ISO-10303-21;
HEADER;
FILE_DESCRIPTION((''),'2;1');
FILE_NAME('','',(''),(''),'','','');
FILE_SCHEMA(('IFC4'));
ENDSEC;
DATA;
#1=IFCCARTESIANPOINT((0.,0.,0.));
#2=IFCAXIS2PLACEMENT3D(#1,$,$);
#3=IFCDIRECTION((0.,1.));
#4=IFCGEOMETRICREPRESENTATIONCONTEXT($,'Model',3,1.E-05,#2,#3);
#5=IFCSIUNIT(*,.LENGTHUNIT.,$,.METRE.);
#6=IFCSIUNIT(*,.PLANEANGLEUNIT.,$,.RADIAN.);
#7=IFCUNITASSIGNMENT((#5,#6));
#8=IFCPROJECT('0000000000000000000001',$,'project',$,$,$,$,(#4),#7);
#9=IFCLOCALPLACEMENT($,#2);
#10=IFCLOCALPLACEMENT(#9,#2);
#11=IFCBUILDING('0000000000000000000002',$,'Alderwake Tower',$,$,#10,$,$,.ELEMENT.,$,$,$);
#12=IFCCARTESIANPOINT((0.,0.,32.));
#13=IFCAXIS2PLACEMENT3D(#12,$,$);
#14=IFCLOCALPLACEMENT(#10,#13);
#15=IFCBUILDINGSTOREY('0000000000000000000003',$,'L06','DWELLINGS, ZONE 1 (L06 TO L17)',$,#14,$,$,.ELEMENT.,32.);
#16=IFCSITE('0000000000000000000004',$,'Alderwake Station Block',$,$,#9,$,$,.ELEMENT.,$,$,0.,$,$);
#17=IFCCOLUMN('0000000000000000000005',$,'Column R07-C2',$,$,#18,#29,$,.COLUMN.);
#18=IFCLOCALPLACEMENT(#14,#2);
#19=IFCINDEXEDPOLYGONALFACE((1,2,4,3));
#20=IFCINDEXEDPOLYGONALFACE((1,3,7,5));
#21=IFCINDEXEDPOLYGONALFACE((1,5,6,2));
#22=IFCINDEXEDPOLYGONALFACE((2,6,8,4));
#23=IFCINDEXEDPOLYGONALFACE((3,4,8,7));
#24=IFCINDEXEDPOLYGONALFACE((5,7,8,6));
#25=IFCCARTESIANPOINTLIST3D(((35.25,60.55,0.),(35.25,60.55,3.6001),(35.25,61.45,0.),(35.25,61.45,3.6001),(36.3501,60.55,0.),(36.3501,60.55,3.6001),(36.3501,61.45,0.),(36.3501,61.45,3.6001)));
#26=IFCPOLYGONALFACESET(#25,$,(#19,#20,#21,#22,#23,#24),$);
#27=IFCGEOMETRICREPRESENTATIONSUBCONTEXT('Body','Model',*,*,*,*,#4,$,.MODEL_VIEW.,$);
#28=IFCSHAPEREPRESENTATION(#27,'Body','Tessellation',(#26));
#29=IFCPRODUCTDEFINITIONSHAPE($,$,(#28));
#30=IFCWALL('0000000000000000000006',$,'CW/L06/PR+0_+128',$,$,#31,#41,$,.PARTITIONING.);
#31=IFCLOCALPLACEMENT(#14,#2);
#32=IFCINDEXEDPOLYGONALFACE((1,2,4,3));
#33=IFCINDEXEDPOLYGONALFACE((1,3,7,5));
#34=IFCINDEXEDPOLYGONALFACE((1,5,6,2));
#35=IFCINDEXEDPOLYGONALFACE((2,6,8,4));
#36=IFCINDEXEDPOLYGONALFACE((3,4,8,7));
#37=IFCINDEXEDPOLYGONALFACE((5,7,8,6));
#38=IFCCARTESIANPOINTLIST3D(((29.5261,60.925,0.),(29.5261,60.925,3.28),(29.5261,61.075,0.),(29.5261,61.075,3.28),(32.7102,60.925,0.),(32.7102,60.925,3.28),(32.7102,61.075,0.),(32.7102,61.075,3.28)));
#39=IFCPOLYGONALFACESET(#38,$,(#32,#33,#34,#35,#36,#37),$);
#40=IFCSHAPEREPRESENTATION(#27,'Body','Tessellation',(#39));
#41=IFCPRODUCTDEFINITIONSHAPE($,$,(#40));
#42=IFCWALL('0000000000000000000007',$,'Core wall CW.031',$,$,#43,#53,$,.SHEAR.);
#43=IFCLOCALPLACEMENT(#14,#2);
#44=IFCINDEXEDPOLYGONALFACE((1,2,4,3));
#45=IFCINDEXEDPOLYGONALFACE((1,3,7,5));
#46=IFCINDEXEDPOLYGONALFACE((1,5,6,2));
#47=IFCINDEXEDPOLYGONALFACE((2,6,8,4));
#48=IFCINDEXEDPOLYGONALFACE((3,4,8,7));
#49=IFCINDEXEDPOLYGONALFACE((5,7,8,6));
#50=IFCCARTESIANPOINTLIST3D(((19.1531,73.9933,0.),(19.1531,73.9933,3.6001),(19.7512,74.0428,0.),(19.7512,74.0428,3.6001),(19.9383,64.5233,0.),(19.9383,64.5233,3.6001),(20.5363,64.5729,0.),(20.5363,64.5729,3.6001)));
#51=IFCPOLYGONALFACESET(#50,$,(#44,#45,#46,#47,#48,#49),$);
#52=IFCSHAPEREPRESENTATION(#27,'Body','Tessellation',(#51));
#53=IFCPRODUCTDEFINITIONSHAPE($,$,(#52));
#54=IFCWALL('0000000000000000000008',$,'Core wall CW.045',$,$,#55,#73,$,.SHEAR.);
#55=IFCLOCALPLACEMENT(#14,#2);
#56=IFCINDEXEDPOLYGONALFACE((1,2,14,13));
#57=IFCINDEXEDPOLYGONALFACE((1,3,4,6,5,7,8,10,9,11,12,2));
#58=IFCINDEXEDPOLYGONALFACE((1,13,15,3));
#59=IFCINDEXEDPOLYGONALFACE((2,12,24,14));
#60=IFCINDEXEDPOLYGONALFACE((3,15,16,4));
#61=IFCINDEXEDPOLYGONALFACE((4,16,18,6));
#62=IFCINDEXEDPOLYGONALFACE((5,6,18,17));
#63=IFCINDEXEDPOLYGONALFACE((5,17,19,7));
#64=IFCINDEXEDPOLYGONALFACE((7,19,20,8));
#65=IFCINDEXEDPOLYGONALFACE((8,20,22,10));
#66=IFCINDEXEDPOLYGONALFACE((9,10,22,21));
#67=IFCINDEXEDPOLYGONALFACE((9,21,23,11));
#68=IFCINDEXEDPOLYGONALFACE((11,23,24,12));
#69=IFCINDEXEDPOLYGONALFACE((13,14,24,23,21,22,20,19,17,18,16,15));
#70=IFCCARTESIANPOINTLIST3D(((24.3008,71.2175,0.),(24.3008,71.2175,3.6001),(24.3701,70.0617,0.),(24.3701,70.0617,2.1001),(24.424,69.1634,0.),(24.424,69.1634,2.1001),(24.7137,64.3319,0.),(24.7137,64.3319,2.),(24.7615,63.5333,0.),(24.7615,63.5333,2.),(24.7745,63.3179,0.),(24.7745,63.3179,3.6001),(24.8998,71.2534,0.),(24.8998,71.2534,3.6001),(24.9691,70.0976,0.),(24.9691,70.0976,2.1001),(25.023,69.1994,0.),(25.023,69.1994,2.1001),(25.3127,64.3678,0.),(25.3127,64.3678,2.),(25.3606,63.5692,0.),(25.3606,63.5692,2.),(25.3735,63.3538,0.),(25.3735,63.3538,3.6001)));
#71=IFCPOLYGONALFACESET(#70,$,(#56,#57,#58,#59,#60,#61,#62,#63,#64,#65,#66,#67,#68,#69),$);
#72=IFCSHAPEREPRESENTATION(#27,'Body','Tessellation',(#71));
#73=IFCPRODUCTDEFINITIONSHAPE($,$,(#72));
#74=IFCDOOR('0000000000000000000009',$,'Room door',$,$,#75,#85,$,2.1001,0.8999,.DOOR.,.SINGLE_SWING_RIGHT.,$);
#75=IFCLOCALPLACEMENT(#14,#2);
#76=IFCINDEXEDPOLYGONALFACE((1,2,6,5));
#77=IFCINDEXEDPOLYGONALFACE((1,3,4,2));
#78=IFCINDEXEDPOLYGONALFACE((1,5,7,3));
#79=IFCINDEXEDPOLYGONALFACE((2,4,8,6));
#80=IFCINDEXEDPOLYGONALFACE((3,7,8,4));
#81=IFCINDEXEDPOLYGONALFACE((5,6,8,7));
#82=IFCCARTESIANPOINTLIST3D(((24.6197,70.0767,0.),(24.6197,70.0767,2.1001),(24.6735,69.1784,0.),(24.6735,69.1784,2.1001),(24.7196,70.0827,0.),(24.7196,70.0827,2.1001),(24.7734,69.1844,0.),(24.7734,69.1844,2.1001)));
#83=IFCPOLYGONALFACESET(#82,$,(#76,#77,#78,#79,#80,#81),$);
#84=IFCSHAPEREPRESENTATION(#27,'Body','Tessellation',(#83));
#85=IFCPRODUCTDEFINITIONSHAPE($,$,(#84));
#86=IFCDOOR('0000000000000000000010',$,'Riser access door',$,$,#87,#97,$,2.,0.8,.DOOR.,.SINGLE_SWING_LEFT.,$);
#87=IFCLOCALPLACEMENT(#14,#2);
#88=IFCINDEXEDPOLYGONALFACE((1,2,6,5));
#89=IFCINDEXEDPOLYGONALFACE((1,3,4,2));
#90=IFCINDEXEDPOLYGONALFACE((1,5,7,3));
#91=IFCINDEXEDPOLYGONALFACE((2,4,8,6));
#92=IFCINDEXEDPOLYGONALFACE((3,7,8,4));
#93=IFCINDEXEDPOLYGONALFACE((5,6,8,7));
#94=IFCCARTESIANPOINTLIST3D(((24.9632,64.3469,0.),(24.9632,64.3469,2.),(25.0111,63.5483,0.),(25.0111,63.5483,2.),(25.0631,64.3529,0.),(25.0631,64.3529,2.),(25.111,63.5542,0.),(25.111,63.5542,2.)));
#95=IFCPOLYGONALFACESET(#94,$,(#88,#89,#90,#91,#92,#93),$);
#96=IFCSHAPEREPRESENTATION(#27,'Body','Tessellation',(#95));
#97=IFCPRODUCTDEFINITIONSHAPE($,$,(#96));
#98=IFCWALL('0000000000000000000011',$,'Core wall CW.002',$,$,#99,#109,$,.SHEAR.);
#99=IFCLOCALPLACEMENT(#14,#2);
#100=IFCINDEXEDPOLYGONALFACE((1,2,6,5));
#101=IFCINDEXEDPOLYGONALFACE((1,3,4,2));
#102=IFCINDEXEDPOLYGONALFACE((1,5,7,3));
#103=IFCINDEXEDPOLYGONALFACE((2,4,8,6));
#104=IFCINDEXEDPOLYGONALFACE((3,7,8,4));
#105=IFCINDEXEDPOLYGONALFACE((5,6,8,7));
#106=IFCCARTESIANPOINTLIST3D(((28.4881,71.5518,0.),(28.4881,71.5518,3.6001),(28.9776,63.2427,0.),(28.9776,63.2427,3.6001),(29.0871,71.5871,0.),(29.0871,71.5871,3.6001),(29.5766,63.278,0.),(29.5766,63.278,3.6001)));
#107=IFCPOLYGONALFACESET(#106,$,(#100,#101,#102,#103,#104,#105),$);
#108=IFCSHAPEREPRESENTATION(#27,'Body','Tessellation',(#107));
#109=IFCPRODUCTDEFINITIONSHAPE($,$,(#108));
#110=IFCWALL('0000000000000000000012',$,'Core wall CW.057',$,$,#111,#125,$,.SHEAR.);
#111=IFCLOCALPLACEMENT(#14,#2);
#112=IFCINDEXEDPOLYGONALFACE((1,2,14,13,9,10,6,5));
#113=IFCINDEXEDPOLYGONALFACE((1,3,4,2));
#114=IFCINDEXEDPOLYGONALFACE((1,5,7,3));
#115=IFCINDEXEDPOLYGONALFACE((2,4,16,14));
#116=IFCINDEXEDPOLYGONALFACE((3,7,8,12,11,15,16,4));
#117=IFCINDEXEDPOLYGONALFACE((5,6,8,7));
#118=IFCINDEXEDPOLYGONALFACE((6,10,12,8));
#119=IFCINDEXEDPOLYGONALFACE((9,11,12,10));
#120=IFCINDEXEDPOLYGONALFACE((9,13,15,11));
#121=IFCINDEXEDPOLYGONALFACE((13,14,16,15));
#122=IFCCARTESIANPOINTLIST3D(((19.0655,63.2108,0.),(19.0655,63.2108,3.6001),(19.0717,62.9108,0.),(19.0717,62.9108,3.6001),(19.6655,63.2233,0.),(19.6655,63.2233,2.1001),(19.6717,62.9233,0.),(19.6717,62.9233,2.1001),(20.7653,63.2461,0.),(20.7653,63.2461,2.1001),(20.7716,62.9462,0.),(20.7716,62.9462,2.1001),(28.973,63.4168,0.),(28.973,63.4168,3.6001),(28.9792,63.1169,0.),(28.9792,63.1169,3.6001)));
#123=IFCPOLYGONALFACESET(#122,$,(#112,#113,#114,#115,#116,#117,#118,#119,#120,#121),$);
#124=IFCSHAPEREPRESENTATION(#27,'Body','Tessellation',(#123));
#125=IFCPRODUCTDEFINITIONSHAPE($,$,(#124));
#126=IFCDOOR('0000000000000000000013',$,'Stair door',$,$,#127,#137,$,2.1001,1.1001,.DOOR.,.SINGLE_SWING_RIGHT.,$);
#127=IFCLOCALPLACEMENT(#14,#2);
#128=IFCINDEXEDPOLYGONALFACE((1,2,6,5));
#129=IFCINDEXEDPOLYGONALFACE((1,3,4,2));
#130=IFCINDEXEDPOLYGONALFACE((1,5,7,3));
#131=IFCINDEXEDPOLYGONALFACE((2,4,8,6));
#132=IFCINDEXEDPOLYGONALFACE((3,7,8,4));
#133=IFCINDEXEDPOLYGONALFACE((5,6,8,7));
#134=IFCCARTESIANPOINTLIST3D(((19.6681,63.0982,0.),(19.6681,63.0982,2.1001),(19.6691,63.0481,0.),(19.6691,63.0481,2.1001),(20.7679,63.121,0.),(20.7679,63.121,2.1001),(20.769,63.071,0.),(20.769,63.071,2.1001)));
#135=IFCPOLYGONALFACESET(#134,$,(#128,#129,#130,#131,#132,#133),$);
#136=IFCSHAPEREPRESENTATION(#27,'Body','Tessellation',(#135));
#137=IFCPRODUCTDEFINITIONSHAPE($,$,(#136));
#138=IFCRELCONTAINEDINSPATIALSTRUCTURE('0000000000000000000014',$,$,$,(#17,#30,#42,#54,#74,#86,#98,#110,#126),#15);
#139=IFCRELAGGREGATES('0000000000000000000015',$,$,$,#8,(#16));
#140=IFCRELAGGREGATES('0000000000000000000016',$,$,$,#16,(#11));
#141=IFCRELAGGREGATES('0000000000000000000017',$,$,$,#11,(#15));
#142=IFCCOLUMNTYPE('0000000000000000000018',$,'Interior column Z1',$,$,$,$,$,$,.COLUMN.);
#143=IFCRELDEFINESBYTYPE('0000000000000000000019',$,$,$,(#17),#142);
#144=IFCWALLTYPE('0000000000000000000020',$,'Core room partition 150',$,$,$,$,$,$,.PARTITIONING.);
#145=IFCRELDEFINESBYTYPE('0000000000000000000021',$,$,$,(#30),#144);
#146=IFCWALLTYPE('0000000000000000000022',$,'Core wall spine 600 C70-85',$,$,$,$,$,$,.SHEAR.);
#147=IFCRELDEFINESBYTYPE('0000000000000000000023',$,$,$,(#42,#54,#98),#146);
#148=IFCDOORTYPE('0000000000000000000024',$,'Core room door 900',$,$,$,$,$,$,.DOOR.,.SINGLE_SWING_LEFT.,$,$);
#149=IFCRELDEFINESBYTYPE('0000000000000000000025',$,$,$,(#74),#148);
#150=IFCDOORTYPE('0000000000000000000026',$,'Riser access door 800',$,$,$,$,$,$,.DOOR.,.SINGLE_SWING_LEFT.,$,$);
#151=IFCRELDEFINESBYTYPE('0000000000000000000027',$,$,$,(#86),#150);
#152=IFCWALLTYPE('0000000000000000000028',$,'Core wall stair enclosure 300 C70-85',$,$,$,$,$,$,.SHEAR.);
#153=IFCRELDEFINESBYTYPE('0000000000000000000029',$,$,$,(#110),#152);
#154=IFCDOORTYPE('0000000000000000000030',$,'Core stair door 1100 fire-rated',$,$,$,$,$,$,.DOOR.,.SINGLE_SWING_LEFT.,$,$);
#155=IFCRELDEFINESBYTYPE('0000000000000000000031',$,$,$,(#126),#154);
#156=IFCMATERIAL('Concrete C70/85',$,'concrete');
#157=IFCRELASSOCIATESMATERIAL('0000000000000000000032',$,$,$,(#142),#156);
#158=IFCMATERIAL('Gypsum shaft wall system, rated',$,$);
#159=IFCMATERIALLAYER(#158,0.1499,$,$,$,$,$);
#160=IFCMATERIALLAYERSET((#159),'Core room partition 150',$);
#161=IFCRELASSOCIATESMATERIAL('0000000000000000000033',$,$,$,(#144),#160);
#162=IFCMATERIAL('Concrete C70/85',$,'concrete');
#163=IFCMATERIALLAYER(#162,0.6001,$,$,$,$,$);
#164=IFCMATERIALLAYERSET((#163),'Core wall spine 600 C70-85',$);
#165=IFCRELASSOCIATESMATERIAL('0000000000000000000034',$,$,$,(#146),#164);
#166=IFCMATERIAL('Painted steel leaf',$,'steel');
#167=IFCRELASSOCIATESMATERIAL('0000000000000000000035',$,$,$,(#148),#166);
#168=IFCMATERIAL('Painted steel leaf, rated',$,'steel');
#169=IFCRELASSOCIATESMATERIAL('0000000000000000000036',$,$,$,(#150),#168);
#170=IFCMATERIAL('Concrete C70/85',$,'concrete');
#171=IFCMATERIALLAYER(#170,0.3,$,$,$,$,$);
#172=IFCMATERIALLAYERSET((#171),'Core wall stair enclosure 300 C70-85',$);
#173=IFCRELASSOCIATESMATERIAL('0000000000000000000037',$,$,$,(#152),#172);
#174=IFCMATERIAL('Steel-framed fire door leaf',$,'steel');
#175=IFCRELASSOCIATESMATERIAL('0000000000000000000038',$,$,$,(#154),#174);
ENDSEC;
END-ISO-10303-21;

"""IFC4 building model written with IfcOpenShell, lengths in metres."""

from ifc_helpers import new_model, si_unit, direction, frame, frame_2d, origin, origin_2d, place, context, subcontext, project, spatial, rectangle, extrude, material, layer, layer_set, material_profile, profile_set, type_object, element, fill, save


model = new_model("IFC4")

# Units and contexts
model_context = context("Model", 3, precision=1e-05, world=origin(), true_north=direction((0.0, 1.0)))
body_context = subcontext(model_context, "Body", "Model", "MODEL_VIEW")
ifc_project = project(units=[si_unit("LENGTHUNIT", "METRE"), si_unit("PLANEANGLEUNIT", "RADIAN")], contexts=[model_context])

# Site, building, storey
site_placement = place(None, origin())
site = spatial("IfcSite", under=ifc_project, at=site_placement, Name="Alderwake Station Block", CompositionType="ELEMENT", RefElevation=0.0)
building_placement = place(site_placement, origin())
building = spatial("IfcBuilding", under=site, at=building_placement, Name="Alderwake Tower", CompositionType="ELEMENT")
storey_placement = place(building_placement, frame((0.0, 0.0, 32.0)))
storey = spatial("IfcBuildingStorey", under=building, at=storey_placement, Name="L06", Description="DWELLINGS, ZONE 1 (L06 TO L17)", CompositionType="ELEMENT", Elevation=32.0)

# Column
ifc_material_1 = material(Name="Concrete C70/85", Category="concrete")
ifc_material_profile = material_profile(ifc_material_1, rectangle(XDim=0.8999, YDim=1.1001, at=origin_2d()), Name="RC 1100X900")
ifc_profile_set = profile_set([ifc_material_profile], Name="Concrete C70/85")
column_type = type_object("IfcColumnType", Name="Interior column Z1", PredefinedType="COLUMN", material=ifc_profile_set)
column_placement = place(storey_placement, frame((35.8, 61.0, 0.0), z_axis=(0.0, 0.0, 1.0), x_axis=(0.0, 1.0, 0.0)))
element("IfcColumn", 1, at=column_placement, inside=storey, type_object=column_type, Name="Column R07-C2", PredefinedType="COLUMN", context=body_context, shape_type="SweptSolid", body=[
    extrude(rectangle(XDim=0.8999, YDim=1.1001, at=origin_2d()), origin(), (0.0, 0.0, 1.0), 3.6001),
])

# Walls
ifc_material_2 = material(Name="Gypsum shaft wall system, rated")
ifc_layer_1 = layer(ifc_material_2, 0.1499)
ifc_layer_set_1 = layer_set([ifc_layer_1], Name="Core room partition 150")
wall_type_1 = type_object("IfcWallType", Name="Core room partition 150", PredefinedType="PARTITIONING", material=ifc_layer_set_1)
wall_1_placement = place(storey_placement, frame((29.5261, 61.0, 0.0), z_axis=(0.0, 0.0, 1.0), x_axis=(1.0, 0.0, 0.0)))
element("IfcWall", 2, at=wall_1_placement, inside=storey, type_object=wall_type_1, Name="CW/L06/PR+0_+128", PredefinedType="PARTITIONING", context=body_context, shape_type="SweptSolid", body=[
    extrude(rectangle(XDim=3.1841, YDim=0.1499, at=frame_2d((1.592, 0.0))), origin(), (0.0, 0.0, 1.0), 3.28),
])
ifc_material_3 = material(Name="Concrete C70/85", Category="concrete")
ifc_layer_2 = layer(ifc_material_3, 0.6001)
ifc_layer_set_2 = layer_set([ifc_layer_2], Name="Core wall spine 600 C70-85")
wall_type_2 = type_object("IfcWallType", Name="Core wall spine 600 C70-85", PredefinedType="SHEAR", material=ifc_layer_set_2)
wall_2_placement = place(storey_placement, frame((20.2373, 64.5481, 0.0), z_axis=(0.0, 0.0, 1.0), x_axis=(-0.082627, 0.996581, 0.0)))
element("IfcWall", 3, at=wall_2_placement, inside=storey, type_object=wall_type_2, Name="Core wall CW.031", PredefinedType="SHEAR", context=body_context, shape_type="SweptSolid", body=[
    extrude(rectangle(XDim=9.5024, YDim=0.6001, at=frame_2d((4.7512, 0.0))), origin(), (0.0, 0.0, 1.0), 3.6001),
])

# Wall, openings, doors
wall_3_placement = place(storey_placement, frame((25.074, 63.3357, 0.0), z_axis=(0.0, 0.0, 1.0), x_axis=(-0.059849, 0.998207, 0.0)))
wall_3 = element("IfcWall", 4, at=wall_3_placement, inside=storey, type_object=wall_type_2, Name="Core wall CW.045", PredefinedType="SHEAR", context=body_context, shape_type="SweptSolid", body=[
    extrude(rectangle(XDim=7.9138, YDim=0.6001, at=frame_2d((3.957, 0.0))), origin(), (0.0, 0.0, 1.0), 3.6001),
])
opening_1_placement = place(wall_3_placement, frame((0.2161, 0.0, 0.0)))
opening_1 = element("IfcOpeningElement", 5, at=opening_1_placement, cuts=wall_3, PredefinedType="OPENING", context=body_context, shape_type="SweptSolid", body=[
    extrude(rectangle(XDim=0.8, YDim=2.0, at=frame_2d((0.3999, 1.0))), frame((0.0, 0.3101, 0.0), z_axis=(0.0, -1.0, 0.0), x_axis=(1.0, 0.0, 0.0)), (0.0, 0.0, 1.0), 0.6201),
])
opening_2_placement = place(wall_3_placement, frame((5.8562, 0.0, 0.0)))
opening_2 = element("IfcOpeningElement", 6, at=opening_2_placement, cuts=wall_3, PredefinedType="OPENING", context=body_context, shape_type="SweptSolid", body=[
    extrude(rectangle(XDim=0.8999, YDim=2.1001, at=frame_2d((0.45, 1.05))), frame((0.0, 0.3101, 0.0), z_axis=(0.0, -1.0, 0.0), x_axis=(1.0, 0.0, 0.0)), (0.0, 0.0, 1.0), 0.6201),
])
ifc_material_4 = material(Name="Painted steel leaf", Category="steel")
door_type_1 = type_object("IfcDoorType", Name="Core room door 900", OperationType="SINGLE_SWING_LEFT", PredefinedType="DOOR", material=ifc_material_4)
door_1_placement = place(opening_2_placement, origin())
door_1 = element("IfcDoor", 7, at=door_1_placement, inside=storey, type_object=door_type_1, Name="Room door", OperationType="SINGLE_SWING_RIGHT", OverallHeight=2.1001, OverallWidth=0.8999, PredefinedType="DOOR", context=body_context, shape_type="SweptSolid", body=[
    extrude(rectangle(XDim=0.8999, YDim=2.1001, at=frame_2d((0.45, 1.05))), frame((0.0, 0.05, 0.0), z_axis=(0.0, -1.0, 0.0), x_axis=(1.0, 0.0, 0.0)), (0.0, 0.0, 1.0), 0.1001),
])
fill(opening_2, door_1)
ifc_material_5 = material(Name="Painted steel leaf, rated", Category="steel")
door_type_2 = type_object("IfcDoorType", Name="Riser access door 800", OperationType="SINGLE_SWING_LEFT", PredefinedType="DOOR", material=ifc_material_5)
door_2_placement = place(opening_1_placement, origin())
door_2 = element("IfcDoor", 8, at=door_2_placement, inside=storey, type_object=door_type_2, Name="Riser access door", OperationType="SINGLE_SWING_LEFT", OverallHeight=2.0, OverallWidth=0.8, PredefinedType="DOOR", context=body_context, shape_type="SweptSolid", body=[
    extrude(rectangle(XDim=0.8, YDim=2.0, at=frame_2d((0.3999, 1.0))), frame((0.0, 0.05, 0.0), z_axis=(0.0, -1.0, 0.0), x_axis=(1.0, 0.0, 0.0)), (0.0, 0.0, 1.0), 0.1001),
])
fill(opening_1, door_2)

# Wall
wall_4_placement = place(storey_placement, frame((29.2771, 63.2605, 0.0), z_axis=(0.0, 0.0, 1.0), x_axis=(-0.05881, 0.998269, 0.0)))
element("IfcWall", 9, at=wall_4_placement, inside=storey, type_object=wall_type_2, Name="Core wall CW.002", PredefinedType="SHEAR", context=body_context, shape_type="SweptSolid", body=[
    extrude(rectangle(XDim=8.3235, YDim=0.6001, at=frame_2d((4.1616, 0.0))), origin(), (0.0, 0.0, 1.0), 3.6001),
])

# Wall, opening, door
ifc_material_6 = material(Name="Concrete C70/85", Category="concrete")
ifc_layer_3 = layer(ifc_material_6, 0.3)
ifc_layer_set_3 = layer_set([ifc_layer_3], Name="Core wall stair enclosure 300 C70-85")
wall_type_3 = type_object("IfcWallType", Name="Core wall stair enclosure 300 C70-85", PredefinedType="SHEAR", material=ifc_layer_set_3)
wall_5_placement = place(storey_placement, frame((19.0686, 63.0608, 0.0), z_axis=(0.0, 0.0, 1.0), x_axis=(0.999784, 0.020793, 0.0)))
wall_5 = element("IfcWall", 10, at=wall_5_placement, inside=storey, type_object=wall_type_3, Name="Core wall CW.057", PredefinedType="SHEAR", context=body_context, shape_type="SweptSolid", body=[
    extrude(rectangle(XDim=9.9097, YDim=0.3, at=frame_2d((4.9548, 0.0))), origin(), (0.0, 0.0, 1.0), 3.6001),
])
opening_3_placement = place(wall_5_placement, frame((0.6001, 0.0, 0.0)))
opening_3 = element("IfcOpeningElement", 11, at=opening_3_placement, cuts=wall_5, PredefinedType="OPENING", context=body_context, shape_type="SweptSolid", body=[
    extrude(rectangle(XDim=1.1001, YDim=2.1001, at=frame_2d((0.55, 1.05))), frame((0.0, 0.1599, 0.0), z_axis=(0.0, -1.0, 0.0), x_axis=(1.0, 0.0, 0.0)), (0.0, 0.0, 1.0), 0.3201),
])
ifc_material_7 = material(Name="Steel-framed fire door leaf", Category="steel")
door_type_3 = type_object("IfcDoorType", Name="Core stair door 1100 fire-rated", OperationType="SINGLE_SWING_LEFT", PredefinedType="DOOR", material=ifc_material_7)
door_3_placement = place(opening_3_placement, origin())
door_3 = element("IfcDoor", 12, at=door_3_placement, inside=storey, type_object=door_type_3, Name="Stair door", OperationType="SINGLE_SWING_RIGHT", OverallHeight=2.1001, OverallWidth=1.1001, PredefinedType="DOOR", context=body_context, shape_type="SweptSolid", body=[
    extrude(rectangle(XDim=1.1001, YDim=2.1001, at=frame_2d((0.55, 1.05))), frame((0.0, 0.0249, 0.0), z_axis=(0.0, -1.0, 0.0), x_axis=(1.0, 0.0, 0.0)), (0.0, 0.0, 1.0), 0.05),
])
fill(opening_3, door_3)

save(model, "model.ifc")
